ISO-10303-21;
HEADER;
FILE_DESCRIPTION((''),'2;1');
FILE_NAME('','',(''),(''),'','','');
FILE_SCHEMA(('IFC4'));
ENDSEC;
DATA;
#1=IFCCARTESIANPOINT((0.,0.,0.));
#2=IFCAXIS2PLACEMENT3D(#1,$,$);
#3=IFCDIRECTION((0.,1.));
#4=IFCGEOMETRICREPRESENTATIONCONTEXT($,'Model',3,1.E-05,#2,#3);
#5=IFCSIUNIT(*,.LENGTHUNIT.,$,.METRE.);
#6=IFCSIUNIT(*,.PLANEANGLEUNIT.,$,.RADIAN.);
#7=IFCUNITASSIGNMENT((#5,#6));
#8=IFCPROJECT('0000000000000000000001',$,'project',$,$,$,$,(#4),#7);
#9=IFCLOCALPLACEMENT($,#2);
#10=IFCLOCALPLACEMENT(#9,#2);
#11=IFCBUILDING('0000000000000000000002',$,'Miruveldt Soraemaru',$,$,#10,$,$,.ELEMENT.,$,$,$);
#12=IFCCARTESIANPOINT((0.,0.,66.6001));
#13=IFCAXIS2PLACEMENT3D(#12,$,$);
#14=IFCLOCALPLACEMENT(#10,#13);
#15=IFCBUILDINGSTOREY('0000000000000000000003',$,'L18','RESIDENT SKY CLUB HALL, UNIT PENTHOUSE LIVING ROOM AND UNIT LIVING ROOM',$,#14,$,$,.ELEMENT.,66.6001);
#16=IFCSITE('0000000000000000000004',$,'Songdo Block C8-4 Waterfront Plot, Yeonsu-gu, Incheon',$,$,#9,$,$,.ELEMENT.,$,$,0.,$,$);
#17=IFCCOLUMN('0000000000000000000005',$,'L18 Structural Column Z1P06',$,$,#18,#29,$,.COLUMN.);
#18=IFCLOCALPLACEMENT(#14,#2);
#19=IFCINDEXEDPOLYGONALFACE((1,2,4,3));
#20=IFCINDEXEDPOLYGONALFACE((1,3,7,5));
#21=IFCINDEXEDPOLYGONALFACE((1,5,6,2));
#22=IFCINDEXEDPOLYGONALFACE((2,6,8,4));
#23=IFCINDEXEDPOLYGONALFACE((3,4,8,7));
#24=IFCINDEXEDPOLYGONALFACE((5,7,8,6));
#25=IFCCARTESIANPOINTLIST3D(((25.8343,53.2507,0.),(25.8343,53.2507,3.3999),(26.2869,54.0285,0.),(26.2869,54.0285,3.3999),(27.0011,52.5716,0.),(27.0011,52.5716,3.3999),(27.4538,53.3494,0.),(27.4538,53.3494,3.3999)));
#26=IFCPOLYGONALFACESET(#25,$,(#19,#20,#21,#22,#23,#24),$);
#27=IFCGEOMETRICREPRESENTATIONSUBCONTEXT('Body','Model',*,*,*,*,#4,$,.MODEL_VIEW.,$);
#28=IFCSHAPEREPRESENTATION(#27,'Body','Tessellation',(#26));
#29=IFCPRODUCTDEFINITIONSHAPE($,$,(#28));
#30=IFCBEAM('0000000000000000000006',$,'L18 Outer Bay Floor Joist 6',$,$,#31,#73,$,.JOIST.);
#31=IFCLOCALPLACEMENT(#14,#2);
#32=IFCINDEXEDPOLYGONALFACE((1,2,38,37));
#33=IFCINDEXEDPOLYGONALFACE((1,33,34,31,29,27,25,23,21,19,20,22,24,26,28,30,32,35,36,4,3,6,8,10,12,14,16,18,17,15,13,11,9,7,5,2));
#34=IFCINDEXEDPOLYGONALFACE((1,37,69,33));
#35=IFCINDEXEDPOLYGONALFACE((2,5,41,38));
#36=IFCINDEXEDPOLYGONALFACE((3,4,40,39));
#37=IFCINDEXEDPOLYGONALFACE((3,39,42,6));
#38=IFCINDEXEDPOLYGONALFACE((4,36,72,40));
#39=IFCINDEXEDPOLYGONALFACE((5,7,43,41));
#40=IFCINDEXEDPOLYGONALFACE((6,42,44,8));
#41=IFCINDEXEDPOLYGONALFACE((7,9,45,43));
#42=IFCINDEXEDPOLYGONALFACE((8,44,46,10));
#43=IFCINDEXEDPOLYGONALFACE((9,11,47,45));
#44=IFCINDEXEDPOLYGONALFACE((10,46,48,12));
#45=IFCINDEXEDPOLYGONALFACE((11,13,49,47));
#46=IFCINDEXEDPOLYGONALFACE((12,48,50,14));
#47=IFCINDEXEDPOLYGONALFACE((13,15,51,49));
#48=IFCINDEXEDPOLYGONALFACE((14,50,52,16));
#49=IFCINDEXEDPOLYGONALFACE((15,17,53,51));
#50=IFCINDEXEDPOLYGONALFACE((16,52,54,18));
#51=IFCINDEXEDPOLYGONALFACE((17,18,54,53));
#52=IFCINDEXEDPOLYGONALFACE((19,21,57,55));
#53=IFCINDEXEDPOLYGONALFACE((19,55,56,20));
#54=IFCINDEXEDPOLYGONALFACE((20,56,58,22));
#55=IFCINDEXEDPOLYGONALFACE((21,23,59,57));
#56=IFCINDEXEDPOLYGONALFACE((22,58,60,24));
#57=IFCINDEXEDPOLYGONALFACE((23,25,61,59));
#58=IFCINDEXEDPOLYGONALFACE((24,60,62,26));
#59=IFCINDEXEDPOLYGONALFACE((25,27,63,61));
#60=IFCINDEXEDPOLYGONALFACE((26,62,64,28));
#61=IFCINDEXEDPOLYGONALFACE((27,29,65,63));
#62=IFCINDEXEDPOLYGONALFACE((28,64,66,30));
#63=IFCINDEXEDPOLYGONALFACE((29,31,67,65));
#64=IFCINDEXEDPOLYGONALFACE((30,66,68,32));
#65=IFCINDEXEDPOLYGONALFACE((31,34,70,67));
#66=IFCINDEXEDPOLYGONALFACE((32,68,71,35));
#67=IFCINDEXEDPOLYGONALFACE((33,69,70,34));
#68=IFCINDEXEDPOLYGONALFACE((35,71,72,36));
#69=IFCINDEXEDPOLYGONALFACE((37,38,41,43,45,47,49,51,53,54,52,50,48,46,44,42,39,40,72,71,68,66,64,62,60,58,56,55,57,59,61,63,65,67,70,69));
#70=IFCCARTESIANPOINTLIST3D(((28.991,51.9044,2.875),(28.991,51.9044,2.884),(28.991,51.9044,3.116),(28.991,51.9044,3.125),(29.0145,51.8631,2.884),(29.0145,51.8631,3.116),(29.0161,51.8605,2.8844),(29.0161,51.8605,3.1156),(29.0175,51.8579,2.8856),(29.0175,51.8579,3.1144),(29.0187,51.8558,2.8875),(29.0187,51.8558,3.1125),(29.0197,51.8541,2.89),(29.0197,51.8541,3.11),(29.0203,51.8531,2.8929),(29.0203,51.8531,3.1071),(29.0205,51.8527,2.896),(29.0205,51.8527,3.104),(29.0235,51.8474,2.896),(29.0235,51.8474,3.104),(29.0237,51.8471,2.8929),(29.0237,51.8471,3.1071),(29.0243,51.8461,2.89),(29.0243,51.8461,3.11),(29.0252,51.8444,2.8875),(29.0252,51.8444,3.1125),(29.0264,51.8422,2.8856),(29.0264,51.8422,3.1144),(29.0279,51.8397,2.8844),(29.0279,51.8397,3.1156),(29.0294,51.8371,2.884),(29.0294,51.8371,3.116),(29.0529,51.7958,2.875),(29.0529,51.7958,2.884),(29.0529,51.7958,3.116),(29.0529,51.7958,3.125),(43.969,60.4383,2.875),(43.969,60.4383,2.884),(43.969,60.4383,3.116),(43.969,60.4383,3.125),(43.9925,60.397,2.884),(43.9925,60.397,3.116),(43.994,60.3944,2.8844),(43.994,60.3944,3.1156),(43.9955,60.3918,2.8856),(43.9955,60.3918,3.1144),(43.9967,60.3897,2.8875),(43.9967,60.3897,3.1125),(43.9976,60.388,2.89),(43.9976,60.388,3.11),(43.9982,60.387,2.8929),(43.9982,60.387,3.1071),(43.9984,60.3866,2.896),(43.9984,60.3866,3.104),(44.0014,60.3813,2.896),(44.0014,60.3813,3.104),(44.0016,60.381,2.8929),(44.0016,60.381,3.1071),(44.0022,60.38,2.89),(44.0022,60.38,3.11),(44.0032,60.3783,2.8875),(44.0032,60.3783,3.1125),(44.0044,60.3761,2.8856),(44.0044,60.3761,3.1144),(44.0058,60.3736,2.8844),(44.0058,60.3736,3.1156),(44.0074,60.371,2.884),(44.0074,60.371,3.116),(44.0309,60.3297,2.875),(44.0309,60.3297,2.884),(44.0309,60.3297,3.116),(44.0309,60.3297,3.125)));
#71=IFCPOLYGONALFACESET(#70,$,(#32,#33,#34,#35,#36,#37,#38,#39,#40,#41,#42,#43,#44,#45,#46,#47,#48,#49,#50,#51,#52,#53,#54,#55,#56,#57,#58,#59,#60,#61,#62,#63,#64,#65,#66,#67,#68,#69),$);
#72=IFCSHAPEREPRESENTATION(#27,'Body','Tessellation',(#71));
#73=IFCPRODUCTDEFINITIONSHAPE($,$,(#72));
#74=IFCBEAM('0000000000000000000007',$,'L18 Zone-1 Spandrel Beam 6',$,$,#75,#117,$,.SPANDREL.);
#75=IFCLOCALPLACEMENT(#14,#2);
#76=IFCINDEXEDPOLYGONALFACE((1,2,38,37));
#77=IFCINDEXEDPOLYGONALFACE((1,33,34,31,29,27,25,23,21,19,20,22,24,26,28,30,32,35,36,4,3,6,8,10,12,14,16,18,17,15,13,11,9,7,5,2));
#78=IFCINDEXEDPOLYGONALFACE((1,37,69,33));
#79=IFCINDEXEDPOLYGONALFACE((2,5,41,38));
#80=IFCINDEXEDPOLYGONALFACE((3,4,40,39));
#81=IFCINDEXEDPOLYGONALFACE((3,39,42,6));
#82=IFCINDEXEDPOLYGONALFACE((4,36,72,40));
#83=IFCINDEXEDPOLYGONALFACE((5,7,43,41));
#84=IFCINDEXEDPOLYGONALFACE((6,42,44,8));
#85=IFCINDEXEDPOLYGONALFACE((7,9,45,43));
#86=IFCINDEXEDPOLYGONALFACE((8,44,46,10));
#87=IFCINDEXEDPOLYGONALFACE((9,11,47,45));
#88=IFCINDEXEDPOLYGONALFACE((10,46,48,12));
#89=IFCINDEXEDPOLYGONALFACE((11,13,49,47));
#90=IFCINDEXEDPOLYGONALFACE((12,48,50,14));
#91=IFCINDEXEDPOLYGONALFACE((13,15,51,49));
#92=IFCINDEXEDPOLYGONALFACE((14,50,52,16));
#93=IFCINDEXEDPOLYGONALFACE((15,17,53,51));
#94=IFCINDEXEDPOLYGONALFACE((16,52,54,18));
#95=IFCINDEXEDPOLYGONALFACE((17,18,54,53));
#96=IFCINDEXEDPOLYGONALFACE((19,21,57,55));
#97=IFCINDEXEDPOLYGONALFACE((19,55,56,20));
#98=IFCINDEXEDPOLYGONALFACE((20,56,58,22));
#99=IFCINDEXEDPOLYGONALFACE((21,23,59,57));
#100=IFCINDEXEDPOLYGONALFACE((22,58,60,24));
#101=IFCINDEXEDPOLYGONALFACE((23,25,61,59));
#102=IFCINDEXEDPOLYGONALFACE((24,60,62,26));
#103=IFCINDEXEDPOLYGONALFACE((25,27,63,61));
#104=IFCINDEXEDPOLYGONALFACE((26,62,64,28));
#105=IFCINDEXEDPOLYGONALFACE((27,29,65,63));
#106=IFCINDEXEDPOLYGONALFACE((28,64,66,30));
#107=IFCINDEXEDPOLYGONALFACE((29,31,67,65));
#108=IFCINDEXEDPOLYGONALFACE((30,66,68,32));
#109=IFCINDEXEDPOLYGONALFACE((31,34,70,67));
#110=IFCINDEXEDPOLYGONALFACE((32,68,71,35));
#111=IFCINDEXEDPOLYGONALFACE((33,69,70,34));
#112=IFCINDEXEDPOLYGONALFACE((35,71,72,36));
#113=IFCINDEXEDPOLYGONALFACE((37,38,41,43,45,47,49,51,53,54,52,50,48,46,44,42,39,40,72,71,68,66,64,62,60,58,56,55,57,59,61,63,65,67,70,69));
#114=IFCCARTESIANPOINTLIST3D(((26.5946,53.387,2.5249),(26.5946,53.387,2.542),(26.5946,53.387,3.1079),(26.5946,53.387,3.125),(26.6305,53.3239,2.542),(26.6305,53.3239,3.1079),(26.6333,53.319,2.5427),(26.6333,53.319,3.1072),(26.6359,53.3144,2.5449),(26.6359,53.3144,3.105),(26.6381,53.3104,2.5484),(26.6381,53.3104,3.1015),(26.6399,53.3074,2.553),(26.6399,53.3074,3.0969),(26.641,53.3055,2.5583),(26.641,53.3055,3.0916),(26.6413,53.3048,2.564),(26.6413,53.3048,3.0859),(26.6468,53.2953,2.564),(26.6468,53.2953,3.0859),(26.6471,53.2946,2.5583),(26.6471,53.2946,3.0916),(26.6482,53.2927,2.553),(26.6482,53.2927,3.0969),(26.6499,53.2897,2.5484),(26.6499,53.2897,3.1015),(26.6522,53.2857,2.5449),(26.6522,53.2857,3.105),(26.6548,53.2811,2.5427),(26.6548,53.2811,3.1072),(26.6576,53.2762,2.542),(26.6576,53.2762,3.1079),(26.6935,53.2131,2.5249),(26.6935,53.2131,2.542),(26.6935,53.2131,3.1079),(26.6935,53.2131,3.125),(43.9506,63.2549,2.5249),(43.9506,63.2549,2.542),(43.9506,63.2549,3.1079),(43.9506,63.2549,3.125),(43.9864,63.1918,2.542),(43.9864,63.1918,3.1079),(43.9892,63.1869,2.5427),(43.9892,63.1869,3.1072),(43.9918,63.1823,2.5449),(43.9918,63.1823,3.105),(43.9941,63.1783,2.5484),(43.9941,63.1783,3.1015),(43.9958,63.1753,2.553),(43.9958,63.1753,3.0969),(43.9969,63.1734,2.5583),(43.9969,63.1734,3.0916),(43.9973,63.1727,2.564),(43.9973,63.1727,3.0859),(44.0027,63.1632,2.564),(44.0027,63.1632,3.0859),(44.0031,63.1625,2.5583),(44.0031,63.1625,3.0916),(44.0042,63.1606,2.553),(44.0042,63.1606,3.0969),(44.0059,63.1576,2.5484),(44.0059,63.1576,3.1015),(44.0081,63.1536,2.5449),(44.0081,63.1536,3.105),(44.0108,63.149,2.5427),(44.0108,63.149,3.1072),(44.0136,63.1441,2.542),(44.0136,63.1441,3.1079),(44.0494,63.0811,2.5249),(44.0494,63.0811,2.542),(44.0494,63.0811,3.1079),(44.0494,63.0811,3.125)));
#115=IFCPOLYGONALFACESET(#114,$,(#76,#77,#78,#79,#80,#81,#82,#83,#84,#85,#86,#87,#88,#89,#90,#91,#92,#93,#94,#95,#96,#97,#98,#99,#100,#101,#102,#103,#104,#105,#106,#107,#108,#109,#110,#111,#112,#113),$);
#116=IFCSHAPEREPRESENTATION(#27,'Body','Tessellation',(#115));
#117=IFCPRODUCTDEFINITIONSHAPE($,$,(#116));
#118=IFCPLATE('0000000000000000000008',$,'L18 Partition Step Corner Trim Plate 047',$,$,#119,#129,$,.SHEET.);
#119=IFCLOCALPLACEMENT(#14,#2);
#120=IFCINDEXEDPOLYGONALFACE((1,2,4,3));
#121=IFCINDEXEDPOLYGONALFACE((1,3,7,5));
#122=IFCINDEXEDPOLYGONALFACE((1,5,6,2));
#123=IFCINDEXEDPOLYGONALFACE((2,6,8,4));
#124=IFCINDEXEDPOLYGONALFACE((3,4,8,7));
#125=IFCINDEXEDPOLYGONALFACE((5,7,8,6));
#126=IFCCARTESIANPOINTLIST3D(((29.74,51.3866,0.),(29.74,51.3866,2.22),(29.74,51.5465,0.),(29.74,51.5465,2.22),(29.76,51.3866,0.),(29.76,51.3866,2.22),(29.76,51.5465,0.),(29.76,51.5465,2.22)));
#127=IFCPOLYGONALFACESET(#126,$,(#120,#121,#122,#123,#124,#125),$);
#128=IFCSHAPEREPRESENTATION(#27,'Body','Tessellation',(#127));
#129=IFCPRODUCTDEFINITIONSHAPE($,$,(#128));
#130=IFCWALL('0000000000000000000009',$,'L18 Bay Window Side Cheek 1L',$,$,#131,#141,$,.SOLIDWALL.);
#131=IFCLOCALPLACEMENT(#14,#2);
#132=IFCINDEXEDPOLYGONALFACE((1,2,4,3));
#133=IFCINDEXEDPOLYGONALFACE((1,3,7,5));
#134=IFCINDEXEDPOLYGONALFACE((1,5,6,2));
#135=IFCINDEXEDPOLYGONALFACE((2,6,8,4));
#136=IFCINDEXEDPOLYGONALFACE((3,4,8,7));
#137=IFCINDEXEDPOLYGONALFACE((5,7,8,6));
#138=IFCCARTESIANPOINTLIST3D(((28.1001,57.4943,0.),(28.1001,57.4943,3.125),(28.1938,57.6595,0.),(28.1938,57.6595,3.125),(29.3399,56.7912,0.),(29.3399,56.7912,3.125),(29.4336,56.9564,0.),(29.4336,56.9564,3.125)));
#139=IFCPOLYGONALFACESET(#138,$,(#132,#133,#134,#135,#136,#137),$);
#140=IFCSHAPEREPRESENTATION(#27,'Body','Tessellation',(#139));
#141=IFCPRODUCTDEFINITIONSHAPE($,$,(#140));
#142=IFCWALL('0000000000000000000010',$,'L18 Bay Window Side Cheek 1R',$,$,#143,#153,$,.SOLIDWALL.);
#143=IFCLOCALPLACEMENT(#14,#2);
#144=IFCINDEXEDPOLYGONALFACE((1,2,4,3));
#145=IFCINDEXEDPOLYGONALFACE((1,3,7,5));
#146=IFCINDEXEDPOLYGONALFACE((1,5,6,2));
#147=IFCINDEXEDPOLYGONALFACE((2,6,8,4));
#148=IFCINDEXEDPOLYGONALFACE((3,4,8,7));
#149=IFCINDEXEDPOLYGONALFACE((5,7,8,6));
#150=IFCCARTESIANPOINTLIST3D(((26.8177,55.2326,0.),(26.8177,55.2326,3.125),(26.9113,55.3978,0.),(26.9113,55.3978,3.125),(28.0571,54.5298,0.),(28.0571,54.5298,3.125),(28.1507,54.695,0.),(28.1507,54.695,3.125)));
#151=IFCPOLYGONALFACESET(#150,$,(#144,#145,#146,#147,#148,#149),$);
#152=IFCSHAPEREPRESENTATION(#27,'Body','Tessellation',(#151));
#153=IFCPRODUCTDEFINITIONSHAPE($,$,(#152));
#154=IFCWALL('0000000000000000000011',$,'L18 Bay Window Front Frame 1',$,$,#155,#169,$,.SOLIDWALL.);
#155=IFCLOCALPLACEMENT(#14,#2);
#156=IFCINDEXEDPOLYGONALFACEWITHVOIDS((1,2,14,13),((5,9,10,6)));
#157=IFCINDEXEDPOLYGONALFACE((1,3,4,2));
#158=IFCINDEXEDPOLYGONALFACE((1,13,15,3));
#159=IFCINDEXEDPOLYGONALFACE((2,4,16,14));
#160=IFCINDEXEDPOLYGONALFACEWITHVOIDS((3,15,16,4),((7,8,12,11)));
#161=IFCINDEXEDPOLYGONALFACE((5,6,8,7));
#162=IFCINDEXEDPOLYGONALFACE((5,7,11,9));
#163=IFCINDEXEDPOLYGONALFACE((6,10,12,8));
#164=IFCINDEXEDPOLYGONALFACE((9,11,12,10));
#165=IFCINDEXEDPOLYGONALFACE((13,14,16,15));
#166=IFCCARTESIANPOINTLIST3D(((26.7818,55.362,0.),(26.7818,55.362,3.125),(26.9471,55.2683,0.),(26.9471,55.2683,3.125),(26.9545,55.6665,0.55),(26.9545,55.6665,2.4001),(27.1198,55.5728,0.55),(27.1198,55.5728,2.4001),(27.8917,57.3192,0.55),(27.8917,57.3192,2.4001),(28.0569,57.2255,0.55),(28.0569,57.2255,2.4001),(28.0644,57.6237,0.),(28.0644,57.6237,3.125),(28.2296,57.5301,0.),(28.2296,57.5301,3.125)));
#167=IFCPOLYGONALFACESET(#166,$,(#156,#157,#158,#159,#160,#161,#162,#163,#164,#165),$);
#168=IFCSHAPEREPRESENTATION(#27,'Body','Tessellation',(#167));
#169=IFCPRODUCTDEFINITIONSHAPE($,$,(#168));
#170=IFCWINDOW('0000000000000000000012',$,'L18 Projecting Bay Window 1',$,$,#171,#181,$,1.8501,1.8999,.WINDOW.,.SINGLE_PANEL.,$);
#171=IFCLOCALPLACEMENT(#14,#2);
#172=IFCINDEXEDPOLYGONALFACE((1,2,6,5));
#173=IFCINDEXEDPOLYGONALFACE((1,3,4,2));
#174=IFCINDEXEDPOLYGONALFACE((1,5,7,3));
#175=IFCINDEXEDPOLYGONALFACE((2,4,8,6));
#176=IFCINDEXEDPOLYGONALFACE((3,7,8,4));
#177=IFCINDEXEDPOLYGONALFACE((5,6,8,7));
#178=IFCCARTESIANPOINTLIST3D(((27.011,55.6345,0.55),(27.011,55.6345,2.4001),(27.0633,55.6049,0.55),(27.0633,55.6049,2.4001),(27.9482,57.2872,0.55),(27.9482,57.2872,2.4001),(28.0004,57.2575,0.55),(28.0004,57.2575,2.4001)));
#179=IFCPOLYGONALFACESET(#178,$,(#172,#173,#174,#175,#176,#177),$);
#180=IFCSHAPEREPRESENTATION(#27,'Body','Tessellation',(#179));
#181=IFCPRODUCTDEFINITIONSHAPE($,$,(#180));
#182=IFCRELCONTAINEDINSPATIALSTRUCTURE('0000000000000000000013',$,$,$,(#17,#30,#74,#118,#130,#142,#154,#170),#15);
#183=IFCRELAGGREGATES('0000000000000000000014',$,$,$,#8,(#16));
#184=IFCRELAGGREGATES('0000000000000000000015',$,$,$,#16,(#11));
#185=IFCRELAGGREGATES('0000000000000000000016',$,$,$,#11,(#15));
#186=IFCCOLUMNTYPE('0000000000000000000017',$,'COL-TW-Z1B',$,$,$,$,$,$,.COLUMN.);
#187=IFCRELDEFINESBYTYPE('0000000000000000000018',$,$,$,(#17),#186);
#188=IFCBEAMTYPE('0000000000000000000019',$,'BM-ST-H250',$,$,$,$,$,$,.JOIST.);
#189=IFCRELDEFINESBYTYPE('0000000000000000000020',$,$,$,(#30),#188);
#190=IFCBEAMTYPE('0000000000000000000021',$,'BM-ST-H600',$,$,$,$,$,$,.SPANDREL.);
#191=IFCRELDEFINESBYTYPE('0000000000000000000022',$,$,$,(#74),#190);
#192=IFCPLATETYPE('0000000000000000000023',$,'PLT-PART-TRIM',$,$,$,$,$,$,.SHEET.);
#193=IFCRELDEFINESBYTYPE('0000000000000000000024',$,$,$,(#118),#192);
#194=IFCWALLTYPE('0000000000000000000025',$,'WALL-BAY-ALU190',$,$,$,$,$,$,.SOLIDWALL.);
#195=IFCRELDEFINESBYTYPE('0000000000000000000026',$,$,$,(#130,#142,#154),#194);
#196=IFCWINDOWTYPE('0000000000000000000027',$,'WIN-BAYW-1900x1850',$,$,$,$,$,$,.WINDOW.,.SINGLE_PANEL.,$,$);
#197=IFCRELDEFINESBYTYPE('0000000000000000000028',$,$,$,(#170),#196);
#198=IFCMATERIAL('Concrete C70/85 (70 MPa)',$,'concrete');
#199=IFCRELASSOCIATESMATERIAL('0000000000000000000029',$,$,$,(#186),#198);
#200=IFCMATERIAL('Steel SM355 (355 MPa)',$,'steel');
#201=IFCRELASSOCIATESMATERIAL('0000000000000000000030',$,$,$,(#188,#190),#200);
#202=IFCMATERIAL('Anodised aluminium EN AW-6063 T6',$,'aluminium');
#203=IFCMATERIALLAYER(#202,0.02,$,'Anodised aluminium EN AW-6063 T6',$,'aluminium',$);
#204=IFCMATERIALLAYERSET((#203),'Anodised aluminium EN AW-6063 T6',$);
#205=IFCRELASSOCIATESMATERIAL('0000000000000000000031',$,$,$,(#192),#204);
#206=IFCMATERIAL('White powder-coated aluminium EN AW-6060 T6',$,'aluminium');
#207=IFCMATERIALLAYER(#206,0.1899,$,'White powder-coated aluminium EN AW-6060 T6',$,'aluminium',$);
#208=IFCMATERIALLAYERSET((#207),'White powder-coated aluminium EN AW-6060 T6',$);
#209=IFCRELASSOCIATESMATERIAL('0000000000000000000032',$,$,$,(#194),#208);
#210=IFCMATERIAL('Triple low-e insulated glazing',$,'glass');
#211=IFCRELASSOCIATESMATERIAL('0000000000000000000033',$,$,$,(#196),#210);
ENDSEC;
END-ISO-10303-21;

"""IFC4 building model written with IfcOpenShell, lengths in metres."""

from ifc_helpers import new_model, si_unit, direction, frame, frame_2d, origin, origin_2d, place, context, subcontext, project, spatial, rectangle, i_section, extrude, material, layer, layer_set, material_profile, profile_set, type_object, element, fill, save


model = new_model("IFC4")

# Units and contexts
model_context = context("Model", 3, precision=1e-05, world=origin(), true_north=direction((0.0, 1.0)))
body_context = subcontext(model_context, "Body", "Model", "MODEL_VIEW")
ifc_project = project(units=[si_unit("LENGTHUNIT", "METRE"), si_unit("PLANEANGLEUNIT", "RADIAN")], contexts=[model_context])

# Site, building, storey
site_placement = place(None, origin())
site = spatial("IfcSite", under=ifc_project, at=site_placement, Name="Songdo Block C8-4 Waterfront Plot, Yeonsu-gu, Incheon", CompositionType="ELEMENT", RefElevation=0.0)
building_placement = place(site_placement, origin())
building = spatial("IfcBuilding", under=site, at=building_placement, Name="Miruveldt Soraemaru", CompositionType="ELEMENT")
storey_placement = place(building_placement, frame((0.0, 0.0, 66.6001)))
storey = spatial("IfcBuildingStorey", under=building, at=storey_placement, Name="L18", Description="RESIDENT SKY CLUB HALL, UNIT PENTHOUSE LIVING ROOM AND UNIT LIVING ROOM", CompositionType="ELEMENT", Elevation=66.6001)

# Column
ifc_material_1 = material(Name="Concrete C70/85 (70 MPa)", Category="concrete")
ifc_material_profile_1 = material_profile(ifc_material_1, rectangle(XDim=1.3501, YDim=0.8999, at=origin_2d()), Name="Concrete C70/85 (70 MPa)", Category="concrete")
ifc_profile_set_1 = profile_set([ifc_material_profile_1], Name="Concrete C70/85 (70 MPa)")
column_type = type_object("IfcColumnType", Name="COL-TW-Z1B", PredefinedType="COLUMN", material=ifc_profile_set_1)
column_placement = place(storey_placement, frame((26.644, 53.3, 0.0), z_axis=(0.0, 0.0, 1.0), x_axis=(-0.864275, 0.50302, 0.0)))
element("IfcColumn", 1, at=column_placement, inside=storey, type_object=column_type, Name="L18 Structural Column Z1P06", PredefinedType="COLUMN", context=body_context, shape_type="SweptSolid", body=[
    extrude(rectangle(XDim=1.3501, YDim=0.8999, at=origin_2d()), origin(), (0.0, 0.0, 1.0), 3.3999),
])

# Beams
ifc_material_2 = material(Name="Steel SM355 (355 MPa)", Category="steel")
ifc_material_profile_2 = material_profile(ifc_material_2, i_section(OverallWidth=0.125, OverallDepth=0.25, WebThickness=0.0061, FlangeThickness=0.009, FilletRadius=0.012, at=origin_2d()), Name="Steel SM355 (355 MPa)", Category="steel")
ifc_profile_set_2 = profile_set([ifc_material_profile_2], Name="Steel SM355 (355 MPa)")
beam_type_1 = type_object("IfcBeamType", Name="BM-ST-H250", PredefinedType="JOIST", material=ifc_profile_set_2)
beam_1_placement = place(storey_placement, frame((29.022, 51.8501, 3.0), z_axis=(0.868866, 0.495048, 0.0), x_axis=(-0.495048, 0.868866, 0.0)))
element("IfcBeam", 2, at=beam_1_placement, inside=storey, type_object=beam_type_1, Name="L18 Outer Bay Floor Joist 6", PredefinedType="JOIST", context=body_context, shape_type="SweptSolid", body=[
    extrude(i_section(OverallWidth=0.125, OverallDepth=0.25, WebThickness=0.0061, FlangeThickness=0.009, FilletRadius=0.012, at=origin_2d()), origin(), (0.0, 0.0, 1.0), 17.2385),
])
ifc_material_profile_3 = material_profile(ifc_material_2, i_section(OverallWidth=0.2, OverallDepth=0.6001, WebThickness=0.011, FlangeThickness=0.0171, FilletRadius=0.022, at=origin_2d()), Name="Steel SM355 (355 MPa)", Category="steel")
ifc_profile_set_3 = profile_set([ifc_material_profile_3], Name="Steel SM355 (355 MPa)")
beam_type_2 = type_object("IfcBeamType", Name="BM-ST-H600", PredefinedType="SPANDREL", material=ifc_profile_set_3)
beam_2_placement = place(storey_placement, frame((26.644, 53.3, 2.825), z_axis=(0.869315, 0.494259, 0.0), x_axis=(-0.494259, 0.869315, 0.0)))
element("IfcBeam", 3, at=beam_2_placement, inside=storey, type_object=beam_type_2, Name="L18 Zone-1 Spandrel Beam 6", PredefinedType="SPANDREL", context=body_context, shape_type="SweptSolid", body=[
    extrude(i_section(OverallWidth=0.2, OverallDepth=0.6001, WebThickness=0.011, FlangeThickness=0.0171, FilletRadius=0.022, at=origin_2d()), origin(), (0.0, 0.0, 1.0), 19.9651),
])

# Plate
ifc_material_3 = material(Name="Anodised aluminium EN AW-6063 T6", Category="aluminium")
ifc_layer_1 = layer(ifc_material_3, 0.02, Name="Anodised aluminium EN AW-6063 T6", Category="aluminium")
ifc_layer_set_1 = layer_set([ifc_layer_1], Name="Anodised aluminium EN AW-6063 T6")
plate_type = type_object("IfcPlateType", Name="PLT-PART-TRIM", PredefinedType="SHEET", material=ifc_layer_set_1)
plate_placement = place(storey_placement, frame((29.75, 51.4666, 0.0), z_axis=(0.0, 0.0, 1.0), x_axis=(0.0, 1.0, 0.0)))
element("IfcPlate", 4, at=plate_placement, inside=storey, type_object=plate_type, Name="L18 Partition Step Corner Trim Plate 047", PredefinedType="SHEET", context=body_context, shape_type="SweptSolid", body=[
    extrude(rectangle(XDim=0.1599, YDim=0.02, at=origin_2d()), origin(), (0.0, 0.0, 1.0), 2.22),
])

# Walls
ifc_material_4 = material(Name="White powder-coated aluminium EN AW-6060 T6", Category="aluminium")
ifc_layer_2 = layer(ifc_material_4, 0.1899, Name="White powder-coated aluminium EN AW-6060 T6", Category="aluminium")
ifc_layer_set_2 = layer_set([ifc_layer_2], Name="White powder-coated aluminium EN AW-6060 T6")
wall_type_1 = type_object("IfcWallType", Name="WALL-BAY-ALU190", PredefinedType="SOLIDWALL", material=ifc_layer_set_2)
wall_1_placement = place(storey_placement, frame((29.3867, 56.8738, 0.0), z_axis=(0.0, 0.0, 1.0), x_axis=(-0.869841, 0.493332, 0.0)))
element("IfcWall", 5, at=wall_1_placement, inside=storey, type_object=wall_type_1, Name="L18 Bay Window Side Cheek 1L", PredefinedType="SOLIDWALL", context=body_context, shape_type="SweptSolid", body=[
    extrude(rectangle(XDim=1.4253, YDim=0.1899, at=frame_2d((0.7126, 0.0))), origin(), (0.0, 0.0, 1.0), 3.125),
])
wall_2_placement = place(storey_placement, frame((26.8645, 55.3152, 0.0), z_axis=(0.0, 0.0, 1.0), x_axis=(0.869873, -0.493276, 0.0)))
element("IfcWall", 6, at=wall_2_placement, inside=storey, type_object=wall_type_1, Name="L18 Bay Window Side Cheek 1R", PredefinedType="SOLIDWALL", context=body_context, shape_type="SweptSolid", body=[
    extrude(rectangle(XDim=1.4248, YDim=0.1899, at=frame_2d((0.7124, 0.0))), origin(), (0.0, 0.0, 1.0), 3.125),
])

# Wall, opening, window
wall_3_placement = place(storey_placement, frame((28.147, 57.5769, 0.0), z_axis=(0.0, 0.0, 1.0), x_axis=(-0.493254, -0.869885, 0.0)))
wall_3 = element("IfcWall", 7, at=wall_3_placement, inside=storey, type_object=wall_type_1, Name="L18 Bay Window Front Frame 1", PredefinedType="SOLIDWALL", context=body_context, shape_type="SweptSolid", body=[
    extrude(rectangle(XDim=2.6001, YDim=0.1899, at=frame_2d((1.3, 0.0))), origin(), (0.0, 0.0, 1.0), 3.125),
])
opening_1_placement = place(wall_3_placement, frame((0.3501, 0.0, 0.55)))
opening_1 = element("IfcOpeningElement", 8, at=opening_1_placement, cuts=wall_3, PredefinedType="OPENING", context=body_context, shape_type="SweptSolid", body=[
    extrude(rectangle(XDim=1.8999, YDim=1.8501, at=frame_2d((0.95, 0.925))), frame((0.0, 0.105, 0.0), z_axis=(0.0, -1.0, 0.0), x_axis=(1.0, 0.0, 0.0)), (0.0, 0.0, 1.0), 0.21),
])
ifc_material_5 = material(Name="Triple low-e insulated glazing", Category="glass")
window_type = type_object("IfcWindowType", Name="WIN-BAYW-1900x1850", PartitioningType="SINGLE_PANEL", PredefinedType="WINDOW", material=ifc_material_5)
window_placement = place(opening_1_placement, origin())
window = element("IfcWindow", 9, at=window_placement, inside=storey, type_object=window_type, Name="L18 Projecting Bay Window 1", OverallHeight=1.8501, OverallWidth=1.8999, PartitioningType="SINGLE_PANEL", PredefinedType="WINDOW", context=body_context, shape_type="SweptSolid", body=[
    extrude(rectangle(XDim=1.8999, YDim=1.8501, at=frame_2d((0.95, 0.925))), frame((0.0, 0.03, 0.0), z_axis=(0.0, -1.0, 0.0), x_axis=(1.0, 0.0, 0.0)), (0.0, 0.0, 1.0), 0.0601),
])
fill(opening_1, window)

save(model, "model.ifc")
